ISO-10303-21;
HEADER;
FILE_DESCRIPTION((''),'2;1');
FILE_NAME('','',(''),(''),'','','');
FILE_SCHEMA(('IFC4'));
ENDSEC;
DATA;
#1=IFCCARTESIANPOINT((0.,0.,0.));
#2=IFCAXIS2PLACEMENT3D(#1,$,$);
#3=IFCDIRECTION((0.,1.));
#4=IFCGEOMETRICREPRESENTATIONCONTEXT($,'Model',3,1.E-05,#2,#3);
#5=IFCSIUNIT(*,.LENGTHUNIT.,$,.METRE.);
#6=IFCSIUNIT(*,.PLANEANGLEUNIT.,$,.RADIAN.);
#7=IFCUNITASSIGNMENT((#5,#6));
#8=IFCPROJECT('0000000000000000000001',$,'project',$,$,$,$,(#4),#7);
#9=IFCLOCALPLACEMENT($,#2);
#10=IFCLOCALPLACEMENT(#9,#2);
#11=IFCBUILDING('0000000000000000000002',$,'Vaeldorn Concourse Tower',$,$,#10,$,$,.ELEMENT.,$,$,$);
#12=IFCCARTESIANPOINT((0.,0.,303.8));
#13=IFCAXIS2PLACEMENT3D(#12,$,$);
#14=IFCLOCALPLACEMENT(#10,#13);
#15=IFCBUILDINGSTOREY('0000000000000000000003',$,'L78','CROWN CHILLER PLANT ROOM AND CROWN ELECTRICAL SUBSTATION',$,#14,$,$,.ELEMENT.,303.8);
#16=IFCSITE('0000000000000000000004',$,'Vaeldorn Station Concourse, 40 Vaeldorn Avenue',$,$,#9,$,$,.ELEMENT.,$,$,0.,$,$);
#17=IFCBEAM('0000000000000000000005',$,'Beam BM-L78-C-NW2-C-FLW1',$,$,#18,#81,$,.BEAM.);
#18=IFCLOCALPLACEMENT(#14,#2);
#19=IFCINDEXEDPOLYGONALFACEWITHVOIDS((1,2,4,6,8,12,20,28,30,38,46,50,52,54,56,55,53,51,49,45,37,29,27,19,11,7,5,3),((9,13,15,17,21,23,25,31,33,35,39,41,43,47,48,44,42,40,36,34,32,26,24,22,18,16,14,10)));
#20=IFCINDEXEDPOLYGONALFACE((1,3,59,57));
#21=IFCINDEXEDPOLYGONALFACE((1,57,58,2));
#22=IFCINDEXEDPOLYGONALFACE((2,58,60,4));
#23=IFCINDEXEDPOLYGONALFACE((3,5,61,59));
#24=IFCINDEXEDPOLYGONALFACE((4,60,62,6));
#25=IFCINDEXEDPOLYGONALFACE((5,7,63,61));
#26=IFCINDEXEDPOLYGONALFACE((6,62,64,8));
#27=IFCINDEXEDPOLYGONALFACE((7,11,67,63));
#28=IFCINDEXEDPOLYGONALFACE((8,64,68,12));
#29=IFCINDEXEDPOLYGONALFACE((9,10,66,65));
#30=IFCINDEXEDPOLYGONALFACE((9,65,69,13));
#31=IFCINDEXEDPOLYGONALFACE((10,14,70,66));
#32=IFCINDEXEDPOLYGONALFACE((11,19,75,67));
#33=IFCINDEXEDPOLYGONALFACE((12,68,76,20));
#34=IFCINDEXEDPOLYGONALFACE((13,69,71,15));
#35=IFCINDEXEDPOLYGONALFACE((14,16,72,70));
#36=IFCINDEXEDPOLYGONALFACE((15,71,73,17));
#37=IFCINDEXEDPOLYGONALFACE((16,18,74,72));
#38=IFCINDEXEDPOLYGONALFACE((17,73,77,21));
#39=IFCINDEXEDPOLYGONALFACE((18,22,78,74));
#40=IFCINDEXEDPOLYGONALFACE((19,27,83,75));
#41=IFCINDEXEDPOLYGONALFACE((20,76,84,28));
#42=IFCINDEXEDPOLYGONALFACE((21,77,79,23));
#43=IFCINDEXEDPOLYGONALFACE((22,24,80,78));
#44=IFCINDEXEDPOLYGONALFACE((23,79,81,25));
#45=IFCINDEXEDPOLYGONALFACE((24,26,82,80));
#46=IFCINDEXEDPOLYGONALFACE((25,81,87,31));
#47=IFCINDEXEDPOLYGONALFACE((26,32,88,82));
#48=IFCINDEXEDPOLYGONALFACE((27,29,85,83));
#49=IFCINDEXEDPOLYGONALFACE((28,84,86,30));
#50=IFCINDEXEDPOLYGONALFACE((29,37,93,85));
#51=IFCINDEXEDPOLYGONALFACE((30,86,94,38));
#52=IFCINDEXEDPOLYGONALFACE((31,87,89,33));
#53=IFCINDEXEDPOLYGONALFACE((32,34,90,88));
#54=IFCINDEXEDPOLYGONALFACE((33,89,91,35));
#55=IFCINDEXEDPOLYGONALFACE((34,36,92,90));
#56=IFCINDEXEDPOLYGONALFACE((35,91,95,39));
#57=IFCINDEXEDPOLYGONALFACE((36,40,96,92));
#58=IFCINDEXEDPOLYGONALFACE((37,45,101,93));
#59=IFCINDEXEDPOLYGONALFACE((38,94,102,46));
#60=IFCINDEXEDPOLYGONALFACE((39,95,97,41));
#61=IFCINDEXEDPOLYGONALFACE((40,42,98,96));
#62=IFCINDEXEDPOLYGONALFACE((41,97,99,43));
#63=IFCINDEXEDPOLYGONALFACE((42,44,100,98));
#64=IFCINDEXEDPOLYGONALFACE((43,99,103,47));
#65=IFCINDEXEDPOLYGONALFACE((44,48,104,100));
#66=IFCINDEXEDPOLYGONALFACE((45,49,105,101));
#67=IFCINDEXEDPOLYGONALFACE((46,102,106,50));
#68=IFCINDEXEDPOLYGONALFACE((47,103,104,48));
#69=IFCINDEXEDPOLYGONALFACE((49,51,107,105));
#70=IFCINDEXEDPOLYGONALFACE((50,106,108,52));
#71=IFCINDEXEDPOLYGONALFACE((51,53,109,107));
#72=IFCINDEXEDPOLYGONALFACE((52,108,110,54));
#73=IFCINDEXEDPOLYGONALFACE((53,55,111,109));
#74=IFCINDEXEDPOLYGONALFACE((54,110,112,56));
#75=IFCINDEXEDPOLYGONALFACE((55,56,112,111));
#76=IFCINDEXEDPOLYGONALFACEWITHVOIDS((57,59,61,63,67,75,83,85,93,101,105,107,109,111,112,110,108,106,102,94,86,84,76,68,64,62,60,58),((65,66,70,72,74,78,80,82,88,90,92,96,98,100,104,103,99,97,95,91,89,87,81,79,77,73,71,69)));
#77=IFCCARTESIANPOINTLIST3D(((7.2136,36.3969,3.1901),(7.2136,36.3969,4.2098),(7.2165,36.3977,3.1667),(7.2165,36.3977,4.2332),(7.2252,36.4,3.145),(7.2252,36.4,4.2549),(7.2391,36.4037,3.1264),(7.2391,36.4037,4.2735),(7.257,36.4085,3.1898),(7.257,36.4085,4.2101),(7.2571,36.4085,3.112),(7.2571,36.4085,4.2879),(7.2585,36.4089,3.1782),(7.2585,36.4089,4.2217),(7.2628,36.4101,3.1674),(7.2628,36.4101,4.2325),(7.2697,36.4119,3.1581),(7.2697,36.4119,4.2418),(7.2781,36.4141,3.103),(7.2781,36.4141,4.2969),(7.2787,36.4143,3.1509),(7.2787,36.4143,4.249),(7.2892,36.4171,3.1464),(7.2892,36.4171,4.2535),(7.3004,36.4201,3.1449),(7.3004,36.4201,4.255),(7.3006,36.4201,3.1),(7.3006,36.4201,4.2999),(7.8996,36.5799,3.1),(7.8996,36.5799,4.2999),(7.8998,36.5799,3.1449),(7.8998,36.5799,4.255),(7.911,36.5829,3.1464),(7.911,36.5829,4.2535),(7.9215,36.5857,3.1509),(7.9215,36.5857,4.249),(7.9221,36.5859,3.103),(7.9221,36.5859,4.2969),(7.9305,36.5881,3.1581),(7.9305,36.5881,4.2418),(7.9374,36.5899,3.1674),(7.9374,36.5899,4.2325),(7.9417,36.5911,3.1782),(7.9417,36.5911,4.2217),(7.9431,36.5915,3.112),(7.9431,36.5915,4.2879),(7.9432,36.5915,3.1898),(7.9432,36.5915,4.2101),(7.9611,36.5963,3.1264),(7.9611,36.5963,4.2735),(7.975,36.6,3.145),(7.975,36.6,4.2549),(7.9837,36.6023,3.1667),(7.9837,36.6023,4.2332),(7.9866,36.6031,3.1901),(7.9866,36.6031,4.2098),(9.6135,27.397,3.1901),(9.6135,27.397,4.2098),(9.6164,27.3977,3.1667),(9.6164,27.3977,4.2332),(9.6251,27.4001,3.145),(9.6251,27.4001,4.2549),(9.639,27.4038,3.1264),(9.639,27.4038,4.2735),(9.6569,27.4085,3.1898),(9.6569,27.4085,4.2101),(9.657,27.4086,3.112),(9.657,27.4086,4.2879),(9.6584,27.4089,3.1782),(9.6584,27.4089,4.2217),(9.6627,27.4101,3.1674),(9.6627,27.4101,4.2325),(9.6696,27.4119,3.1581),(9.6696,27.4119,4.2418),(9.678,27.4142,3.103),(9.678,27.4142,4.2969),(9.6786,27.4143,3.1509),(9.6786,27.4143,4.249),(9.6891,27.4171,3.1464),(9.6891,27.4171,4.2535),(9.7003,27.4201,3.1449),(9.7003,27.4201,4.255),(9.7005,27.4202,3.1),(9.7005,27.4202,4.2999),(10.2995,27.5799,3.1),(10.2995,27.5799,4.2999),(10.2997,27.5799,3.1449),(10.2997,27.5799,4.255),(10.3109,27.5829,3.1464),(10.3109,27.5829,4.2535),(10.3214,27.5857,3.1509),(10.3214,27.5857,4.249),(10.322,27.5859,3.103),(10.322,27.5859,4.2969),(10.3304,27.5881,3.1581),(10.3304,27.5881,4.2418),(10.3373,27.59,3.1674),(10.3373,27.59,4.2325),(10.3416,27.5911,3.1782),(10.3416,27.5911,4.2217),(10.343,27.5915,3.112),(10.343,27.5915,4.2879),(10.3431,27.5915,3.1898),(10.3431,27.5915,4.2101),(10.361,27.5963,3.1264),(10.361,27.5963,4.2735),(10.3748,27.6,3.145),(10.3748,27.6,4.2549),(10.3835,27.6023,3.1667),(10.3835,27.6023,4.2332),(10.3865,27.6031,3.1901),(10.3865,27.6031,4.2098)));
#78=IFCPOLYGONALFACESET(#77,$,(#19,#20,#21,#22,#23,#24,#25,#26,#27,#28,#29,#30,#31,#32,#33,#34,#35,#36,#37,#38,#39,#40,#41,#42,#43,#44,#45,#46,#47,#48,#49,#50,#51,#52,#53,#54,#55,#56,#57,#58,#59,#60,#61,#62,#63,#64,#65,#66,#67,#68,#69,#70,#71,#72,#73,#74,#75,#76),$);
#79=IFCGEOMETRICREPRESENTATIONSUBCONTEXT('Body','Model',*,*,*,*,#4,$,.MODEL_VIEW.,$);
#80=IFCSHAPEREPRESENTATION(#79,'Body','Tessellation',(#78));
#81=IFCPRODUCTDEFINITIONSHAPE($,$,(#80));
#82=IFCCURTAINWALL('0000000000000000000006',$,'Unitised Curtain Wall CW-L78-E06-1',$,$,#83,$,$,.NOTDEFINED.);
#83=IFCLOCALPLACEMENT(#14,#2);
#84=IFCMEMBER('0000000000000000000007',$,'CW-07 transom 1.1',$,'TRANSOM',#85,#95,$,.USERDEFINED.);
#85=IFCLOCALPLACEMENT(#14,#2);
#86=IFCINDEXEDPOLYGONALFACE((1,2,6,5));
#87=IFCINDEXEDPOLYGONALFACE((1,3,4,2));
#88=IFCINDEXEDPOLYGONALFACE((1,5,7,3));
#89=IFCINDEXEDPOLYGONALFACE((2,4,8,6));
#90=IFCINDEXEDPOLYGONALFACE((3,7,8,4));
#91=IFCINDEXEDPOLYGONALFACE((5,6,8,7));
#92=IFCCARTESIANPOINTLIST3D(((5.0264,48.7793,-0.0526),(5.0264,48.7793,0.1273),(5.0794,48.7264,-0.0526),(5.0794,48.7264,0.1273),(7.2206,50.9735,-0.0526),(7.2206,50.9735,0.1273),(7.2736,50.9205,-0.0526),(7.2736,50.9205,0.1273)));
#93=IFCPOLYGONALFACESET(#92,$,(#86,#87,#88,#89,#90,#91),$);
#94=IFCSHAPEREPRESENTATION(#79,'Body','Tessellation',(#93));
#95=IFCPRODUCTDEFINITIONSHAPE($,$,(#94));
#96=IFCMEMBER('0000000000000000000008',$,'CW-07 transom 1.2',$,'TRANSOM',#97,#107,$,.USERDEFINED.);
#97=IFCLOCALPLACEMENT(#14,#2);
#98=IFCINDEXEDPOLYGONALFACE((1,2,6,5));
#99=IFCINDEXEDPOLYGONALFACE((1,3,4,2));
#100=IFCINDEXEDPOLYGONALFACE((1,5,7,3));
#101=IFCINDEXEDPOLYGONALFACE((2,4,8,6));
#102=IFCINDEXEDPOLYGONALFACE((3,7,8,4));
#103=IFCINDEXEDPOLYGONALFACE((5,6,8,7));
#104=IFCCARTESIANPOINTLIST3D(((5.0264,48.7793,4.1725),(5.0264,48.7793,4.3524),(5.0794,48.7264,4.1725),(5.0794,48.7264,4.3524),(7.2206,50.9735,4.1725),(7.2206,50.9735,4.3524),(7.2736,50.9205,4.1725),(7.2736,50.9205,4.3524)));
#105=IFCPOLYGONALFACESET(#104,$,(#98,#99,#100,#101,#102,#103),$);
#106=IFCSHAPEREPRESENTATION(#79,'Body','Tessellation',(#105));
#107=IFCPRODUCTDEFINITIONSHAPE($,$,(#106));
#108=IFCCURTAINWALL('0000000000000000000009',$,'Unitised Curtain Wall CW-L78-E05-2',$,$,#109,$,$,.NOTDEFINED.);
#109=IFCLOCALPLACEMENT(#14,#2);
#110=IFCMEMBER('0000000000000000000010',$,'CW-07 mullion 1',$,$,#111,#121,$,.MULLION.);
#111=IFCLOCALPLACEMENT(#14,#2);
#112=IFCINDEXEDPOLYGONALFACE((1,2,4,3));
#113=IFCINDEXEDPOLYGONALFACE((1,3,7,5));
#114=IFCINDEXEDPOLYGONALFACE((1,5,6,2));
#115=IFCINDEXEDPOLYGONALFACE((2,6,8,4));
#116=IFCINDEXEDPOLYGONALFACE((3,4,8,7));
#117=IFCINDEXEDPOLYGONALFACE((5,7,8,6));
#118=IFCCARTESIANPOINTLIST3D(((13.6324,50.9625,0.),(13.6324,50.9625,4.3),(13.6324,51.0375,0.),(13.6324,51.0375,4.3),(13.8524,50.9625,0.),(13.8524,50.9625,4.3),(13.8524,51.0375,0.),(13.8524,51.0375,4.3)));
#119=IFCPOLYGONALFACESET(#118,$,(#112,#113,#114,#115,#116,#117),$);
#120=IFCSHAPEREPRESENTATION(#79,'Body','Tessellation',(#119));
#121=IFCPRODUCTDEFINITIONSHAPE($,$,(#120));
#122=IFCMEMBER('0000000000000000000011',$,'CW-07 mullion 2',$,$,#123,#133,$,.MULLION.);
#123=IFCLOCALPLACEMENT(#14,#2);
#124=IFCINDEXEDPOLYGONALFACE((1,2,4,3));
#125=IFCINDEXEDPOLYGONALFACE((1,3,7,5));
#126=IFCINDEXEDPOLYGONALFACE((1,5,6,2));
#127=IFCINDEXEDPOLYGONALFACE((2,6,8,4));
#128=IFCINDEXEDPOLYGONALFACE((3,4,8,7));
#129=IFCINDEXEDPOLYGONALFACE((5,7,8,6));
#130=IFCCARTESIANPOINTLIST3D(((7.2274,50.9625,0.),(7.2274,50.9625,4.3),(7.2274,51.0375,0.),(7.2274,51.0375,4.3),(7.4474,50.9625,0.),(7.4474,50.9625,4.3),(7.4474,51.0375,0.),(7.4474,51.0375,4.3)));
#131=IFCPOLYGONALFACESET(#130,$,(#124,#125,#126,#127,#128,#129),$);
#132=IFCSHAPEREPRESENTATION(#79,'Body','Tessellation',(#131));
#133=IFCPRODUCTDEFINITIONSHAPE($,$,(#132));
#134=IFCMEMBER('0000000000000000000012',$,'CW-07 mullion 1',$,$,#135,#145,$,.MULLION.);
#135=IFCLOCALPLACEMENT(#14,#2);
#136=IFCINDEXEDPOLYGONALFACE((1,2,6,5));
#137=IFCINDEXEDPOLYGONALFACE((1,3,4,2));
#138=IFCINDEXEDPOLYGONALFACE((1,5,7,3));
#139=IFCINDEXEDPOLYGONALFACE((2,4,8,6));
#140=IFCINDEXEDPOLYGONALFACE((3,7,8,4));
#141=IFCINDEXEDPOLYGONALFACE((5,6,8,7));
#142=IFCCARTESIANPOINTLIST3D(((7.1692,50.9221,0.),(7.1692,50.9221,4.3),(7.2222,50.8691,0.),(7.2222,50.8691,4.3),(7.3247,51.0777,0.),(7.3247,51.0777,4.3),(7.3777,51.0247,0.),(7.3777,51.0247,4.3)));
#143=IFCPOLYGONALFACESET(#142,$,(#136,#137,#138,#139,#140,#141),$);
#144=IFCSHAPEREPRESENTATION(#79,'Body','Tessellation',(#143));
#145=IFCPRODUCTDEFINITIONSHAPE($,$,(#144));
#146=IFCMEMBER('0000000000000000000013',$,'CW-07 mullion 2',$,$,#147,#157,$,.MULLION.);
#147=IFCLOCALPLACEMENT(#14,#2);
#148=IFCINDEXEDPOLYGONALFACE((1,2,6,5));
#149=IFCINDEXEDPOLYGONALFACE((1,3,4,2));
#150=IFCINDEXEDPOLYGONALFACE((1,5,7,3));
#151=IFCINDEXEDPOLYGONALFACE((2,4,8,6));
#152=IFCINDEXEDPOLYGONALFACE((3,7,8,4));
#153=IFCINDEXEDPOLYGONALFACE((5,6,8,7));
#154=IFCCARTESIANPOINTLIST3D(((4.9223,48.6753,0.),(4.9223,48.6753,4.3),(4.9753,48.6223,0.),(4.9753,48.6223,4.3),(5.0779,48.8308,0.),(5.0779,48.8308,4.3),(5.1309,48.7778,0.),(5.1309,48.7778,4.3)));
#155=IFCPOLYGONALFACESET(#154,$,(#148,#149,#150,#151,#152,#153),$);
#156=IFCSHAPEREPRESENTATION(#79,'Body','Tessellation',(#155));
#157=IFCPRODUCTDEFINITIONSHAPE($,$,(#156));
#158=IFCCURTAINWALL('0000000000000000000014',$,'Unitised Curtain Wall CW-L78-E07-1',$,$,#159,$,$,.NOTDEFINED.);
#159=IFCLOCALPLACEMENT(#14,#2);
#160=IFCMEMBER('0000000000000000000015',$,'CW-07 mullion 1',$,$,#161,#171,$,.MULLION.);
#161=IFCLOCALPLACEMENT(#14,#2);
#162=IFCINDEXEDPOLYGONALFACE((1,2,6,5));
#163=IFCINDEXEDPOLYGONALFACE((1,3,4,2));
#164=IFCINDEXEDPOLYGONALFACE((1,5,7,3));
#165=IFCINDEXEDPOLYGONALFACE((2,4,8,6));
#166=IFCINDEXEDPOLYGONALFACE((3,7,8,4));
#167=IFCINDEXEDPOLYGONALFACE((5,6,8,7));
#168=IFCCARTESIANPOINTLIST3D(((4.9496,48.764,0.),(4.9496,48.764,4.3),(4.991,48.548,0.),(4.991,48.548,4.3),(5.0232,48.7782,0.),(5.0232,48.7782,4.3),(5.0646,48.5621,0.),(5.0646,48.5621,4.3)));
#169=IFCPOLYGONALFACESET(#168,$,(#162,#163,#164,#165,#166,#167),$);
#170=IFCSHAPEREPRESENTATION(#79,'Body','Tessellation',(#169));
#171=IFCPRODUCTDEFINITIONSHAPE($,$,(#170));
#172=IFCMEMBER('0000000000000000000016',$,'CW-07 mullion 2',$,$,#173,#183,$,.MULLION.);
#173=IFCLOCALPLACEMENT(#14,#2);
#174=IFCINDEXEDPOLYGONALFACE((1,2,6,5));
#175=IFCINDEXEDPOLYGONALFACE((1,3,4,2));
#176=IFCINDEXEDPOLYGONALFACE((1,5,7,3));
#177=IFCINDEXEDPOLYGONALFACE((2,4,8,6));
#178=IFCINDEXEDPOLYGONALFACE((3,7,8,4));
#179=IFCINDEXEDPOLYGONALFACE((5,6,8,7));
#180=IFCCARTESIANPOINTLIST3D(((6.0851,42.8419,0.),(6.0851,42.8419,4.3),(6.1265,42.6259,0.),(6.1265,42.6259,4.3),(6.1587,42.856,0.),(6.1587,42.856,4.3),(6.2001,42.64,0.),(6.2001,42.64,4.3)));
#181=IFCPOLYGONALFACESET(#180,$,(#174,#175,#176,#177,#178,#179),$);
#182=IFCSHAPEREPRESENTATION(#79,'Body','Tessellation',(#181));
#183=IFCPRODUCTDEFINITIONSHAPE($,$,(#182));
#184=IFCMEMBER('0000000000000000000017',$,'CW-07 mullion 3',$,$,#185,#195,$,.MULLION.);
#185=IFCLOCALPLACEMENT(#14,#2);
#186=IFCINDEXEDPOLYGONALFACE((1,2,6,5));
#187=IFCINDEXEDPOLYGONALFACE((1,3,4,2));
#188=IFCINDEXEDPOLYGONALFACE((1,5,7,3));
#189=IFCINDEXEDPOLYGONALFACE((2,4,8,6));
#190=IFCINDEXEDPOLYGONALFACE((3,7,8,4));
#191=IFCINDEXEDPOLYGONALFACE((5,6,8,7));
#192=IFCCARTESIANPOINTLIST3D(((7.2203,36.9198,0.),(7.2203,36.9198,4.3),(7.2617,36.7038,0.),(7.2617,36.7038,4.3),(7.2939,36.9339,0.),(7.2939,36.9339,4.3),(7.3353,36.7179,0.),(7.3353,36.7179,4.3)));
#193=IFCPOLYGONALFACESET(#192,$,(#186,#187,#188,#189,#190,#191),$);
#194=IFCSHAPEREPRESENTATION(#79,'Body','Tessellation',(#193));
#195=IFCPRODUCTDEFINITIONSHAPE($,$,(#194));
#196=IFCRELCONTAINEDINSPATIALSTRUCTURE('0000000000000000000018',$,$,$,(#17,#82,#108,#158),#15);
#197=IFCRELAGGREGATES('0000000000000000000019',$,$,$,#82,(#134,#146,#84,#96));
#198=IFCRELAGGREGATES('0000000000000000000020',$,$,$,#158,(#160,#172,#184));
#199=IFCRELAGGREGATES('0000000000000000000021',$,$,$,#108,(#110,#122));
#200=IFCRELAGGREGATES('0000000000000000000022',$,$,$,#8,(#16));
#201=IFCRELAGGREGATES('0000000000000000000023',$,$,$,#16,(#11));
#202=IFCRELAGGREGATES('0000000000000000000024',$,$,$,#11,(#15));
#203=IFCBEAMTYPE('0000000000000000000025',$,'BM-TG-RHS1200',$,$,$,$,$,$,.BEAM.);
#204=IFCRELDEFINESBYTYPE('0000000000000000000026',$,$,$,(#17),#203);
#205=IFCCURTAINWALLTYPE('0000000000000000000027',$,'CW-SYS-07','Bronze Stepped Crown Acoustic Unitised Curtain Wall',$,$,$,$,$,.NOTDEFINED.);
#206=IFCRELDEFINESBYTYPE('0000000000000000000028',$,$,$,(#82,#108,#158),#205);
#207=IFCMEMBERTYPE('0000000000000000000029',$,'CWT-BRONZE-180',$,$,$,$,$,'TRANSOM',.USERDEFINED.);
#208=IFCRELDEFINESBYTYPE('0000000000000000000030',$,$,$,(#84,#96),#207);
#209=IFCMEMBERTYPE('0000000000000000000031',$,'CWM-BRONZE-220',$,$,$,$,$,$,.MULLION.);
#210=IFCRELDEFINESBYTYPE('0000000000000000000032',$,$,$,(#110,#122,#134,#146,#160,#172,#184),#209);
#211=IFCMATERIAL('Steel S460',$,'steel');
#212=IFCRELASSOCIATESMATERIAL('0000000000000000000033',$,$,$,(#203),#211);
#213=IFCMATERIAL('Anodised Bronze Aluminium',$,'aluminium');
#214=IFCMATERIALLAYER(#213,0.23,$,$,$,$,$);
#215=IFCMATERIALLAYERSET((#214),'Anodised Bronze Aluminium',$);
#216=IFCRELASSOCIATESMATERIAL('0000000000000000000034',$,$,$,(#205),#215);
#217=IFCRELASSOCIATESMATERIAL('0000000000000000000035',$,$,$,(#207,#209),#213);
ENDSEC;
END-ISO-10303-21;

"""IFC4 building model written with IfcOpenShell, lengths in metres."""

from ifc_helpers import new_model, si_unit, direction, frame, origin, origin_2d, place, context, subcontext, project, spatial, rectangle, hollow_rectangle, extrude, source, transform, mapped, material, layer, layer_set, material_profile, profile_set, type_object, element, aggregate, save


model = new_model("IFC4")

# Units and contexts
model_context = context("Model", 3, precision=1e-05, world=origin(), true_north=direction((0.0, 1.0)))
body_context = subcontext(model_context, "Body", "Model", "MODEL_VIEW")
ifc_project = project(units=[si_unit("LENGTHUNIT", "METRE"), si_unit("PLANEANGLEUNIT", "RADIAN")], contexts=[model_context])

# Site, building, storey
site_placement = place(None, origin())
site = spatial("IfcSite", under=ifc_project, at=site_placement, Name="Vaeldorn Station Concourse, 40 Vaeldorn Avenue", CompositionType="ELEMENT", RefElevation=0.0)
building_placement = place(site_placement, origin())
building = spatial("IfcBuilding", under=site, at=building_placement, Name="Vaeldorn Concourse Tower", CompositionType="ELEMENT")
storey_placement = place(building_placement, frame((0.0, 0.0, 303.8)))
storey = spatial("IfcBuildingStorey", under=building, at=storey_placement, Name="L78", Description="CROWN CHILLER PLANT ROOM AND CROWN ELECTRICAL SUBSTATION", CompositionType="ELEMENT", Elevation=303.8)

# Beam
ifc_material_1 = material(Name="Steel S460", Category="steel")
ifc_material_profile_1 = material_profile(ifc_material_1, hollow_rectangle(XDim=0.8, YDim=1.2, WallThickness=0.0449, InnerFilletRadius=0.0449, OuterFilletRadius=0.0901, at=origin_2d()), Name="RHS 1200x800x45")
ifc_profile_set_1 = profile_set([ifc_material_profile_1], Name="Steel S460")
beam_type_1 = type_object("IfcBeamType", Name="BM-TG-RHS1200", PredefinedType="BEAM", material=ifc_profile_set_1)
shared_shape_1 = source(origin(), body_context, "Body", "SweptSolid", [
    extrude(hollow_rectangle(XDim=0.8, YDim=1.2, WallThickness=0.0449, InnerFilletRadius=0.0449, OuterFilletRadius=0.0901, at=origin_2d()), origin(), (0.0, 0.0, 1.0), 9.3145),
])
beam_1_placement = place(storey_placement, frame((7.6001, 36.5, 3.7), z_axis=(0.257653, -0.966238, 0.0), x_axis=(0.966238, 0.257653, 0.0)))
element("IfcBeam", 1, at=beam_1_placement, inside=storey, type_object=beam_type_1, Name="Beam BM-L78-C-NW2-C-FLW1", PredefinedType="BEAM", context=body_context, shape_type="MappedRepresentation", body=[
    mapped(shared_shape_1, transform((0.0, 0.0, 0.0), scale=1.0)),
])

# Curtain walls, members
ifc_material_2 = material(Name="Anodised Bronze Aluminium", Category="aluminium")
ifc_layer_1 = layer(ifc_material_2, 0.23)
ifc_layer_set_1 = layer_set([ifc_layer_1], Name="Anodised Bronze Aluminium")
curtain_wall_type = type_object("IfcCurtainWallType", Name="CW-SYS-07", Description="Bronze Stepped Crown Acoustic Unitised Curtain Wall", PredefinedType="NOTDEFINED", material=ifc_layer_set_1)
curtain_wall_1_placement = place(storey_placement, origin())
curtain_wall_1 = element("IfcCurtainWall", 2, at=curtain_wall_1_placement, inside=storey, type_object=curtain_wall_type, Name="Unitised Curtain Wall CW-L78-E06-1", PredefinedType="NOTDEFINED")
ifc_material_profile_2 = material_profile(ifc_material_2, rectangle(XDim=0.075, YDim=0.1799, at=origin_2d()), Name="CWT 75x180")
ifc_profile_set_2 = profile_set([ifc_material_profile_2], Name="Anodised Bronze Aluminium")
member_type_1 = type_object("IfcMemberType", Name="CWT-BRONZE-180", ElementType="TRANSOM", PredefinedType="USERDEFINED", material=ifc_profile_set_2)
shared_shape_2 = source(origin(), body_context, "Body", "SweptSolid", [
    extrude(rectangle(XDim=0.075, YDim=0.1799, at=origin_2d()), origin(), (0.0, 0.0, 1.0), 3.103),
])
member_1_placement = place(storey_placement, frame((7.2471, 50.947, 0.0374), z_axis=(-0.707107, -0.707107, 0.0), x_axis=(0.707107, -0.707107, 0.0)))
member_1 = element("IfcMember", 3, at=member_1_placement, type_object=member_type_1, Name="CW-07 transom 1.1", ObjectType="TRANSOM", PredefinedType="USERDEFINED", context=body_context, shape_type="MappedRepresentation", body=[
    mapped(shared_shape_2, transform((0.0, 0.0, 0.0), scale=1.0)),
])
member_2_placement = place(storey_placement, frame((7.2471, 50.947, 4.2625), z_axis=(-0.707107, -0.707107, 0.0), x_axis=(0.707107, -0.707107, 0.0)))
member_2 = element("IfcMember", 4, at=member_2_placement, type_object=member_type_1, Name="CW-07 transom 1.2", ObjectType="TRANSOM", PredefinedType="USERDEFINED", context=body_context, shape_type="MappedRepresentation", body=[
    mapped(shared_shape_2, transform((0.0, 0.0, 0.0), scale=1.0)),
])
curtain_wall_2_placement = place(storey_placement, origin())
curtain_wall_2 = element("IfcCurtainWall", 5, at=curtain_wall_2_placement, inside=storey, type_object=curtain_wall_type, Name="Unitised Curtain Wall CW-L78-E05-2", PredefinedType="NOTDEFINED")
ifc_material_profile_3 = material_profile(ifc_material_2, rectangle(XDim=0.075, YDim=0.22, at=origin_2d()), Name="CWM 75x220")
ifc_profile_set_3 = profile_set([ifc_material_profile_3], Name="Anodised Bronze Aluminium")
member_type_2 = type_object("IfcMemberType", Name="CWM-BRONZE-220", PredefinedType="MULLION", material=ifc_profile_set_3)
shared_shape_3 = source(origin(), body_context, "Body", "SweptSolid", [
    extrude(rectangle(XDim=0.075, YDim=0.22, at=origin_2d()), origin(), (0.0, 0.0, 1.0), 4.3),
])
member_3_placement = place(storey_placement, frame((13.7424, 51.0, 0.0), z_axis=(0.0, 0.0, 1.0), x_axis=(0.0, -1.0, 0.0)))
member_3 = element("IfcMember", 6, at=member_3_placement, type_object=member_type_2, Name="CW-07 mullion 1", PredefinedType="MULLION", context=body_context, shape_type="MappedRepresentation", body=[
    mapped(shared_shape_3, transform((0.0, 0.0, 0.0), scale=1.0)),
])
member_4_placement = place(storey_placement, frame((7.3374, 51.0, 0.0), z_axis=(0.0, 0.0, 1.0), x_axis=(0.0, -1.0, 0.0)))
member_4 = element("IfcMember", 7, at=member_4_placement, type_object=member_type_2, Name="CW-07 mullion 2", PredefinedType="MULLION", context=body_context, shape_type="MappedRepresentation", body=[
    mapped(shared_shape_3, transform((0.0, 0.0, 0.0), scale=1.0)),
])

# Members
member_5_placement = place(storey_placement, frame((7.2734, 50.9734, 0.0), z_axis=(0.0, 0.0, 1.0), x_axis=(0.707107, -0.707107, 0.0)))
member_5 = element("IfcMember", 8, at=member_5_placement, type_object=member_type_2, Name="CW-07 mullion 1", PredefinedType="MULLION", context=body_context, shape_type="MappedRepresentation", body=[
    mapped(shared_shape_3, transform((0.0, 0.0, 0.0), scale=1.0)),
])
member_6_placement = place(storey_placement, frame((5.0266, 48.7266, 0.0), z_axis=(0.0, 0.0, 1.0), x_axis=(0.707107, -0.707107, 0.0)))
member_6 = element("IfcMember", 9, at=member_6_placement, type_object=member_type_2, Name="CW-07 mullion 2", PredefinedType="MULLION", context=body_context, shape_type="MappedRepresentation", body=[
    mapped(shared_shape_3, transform((0.0, 0.0, 0.0), scale=1.0)),
])

# Curtain wall, members
curtain_wall_3_placement = place(storey_placement, origin())
curtain_wall_3 = element("IfcCurtainWall", 10, at=curtain_wall_3_placement, inside=storey, type_object=curtain_wall_type, Name="Unitised Curtain Wall CW-L78-E07-1", PredefinedType="NOTDEFINED")
member_7_placement = place(storey_placement, frame((5.0071, 48.6631, 0.0), z_axis=(0.0, 0.0, 1.0), x_axis=(0.982112, 0.188296, 0.0)))
member_7 = element("IfcMember", 11, at=member_7_placement, type_object=member_type_2, Name="CW-07 mullion 1", PredefinedType="MULLION", context=body_context, shape_type="MappedRepresentation", body=[
    mapped(shared_shape_3, transform((0.0, 0.0, 0.0), scale=1.0)),
])
member_8_placement = place(storey_placement, frame((6.1426, 42.741, 0.0), z_axis=(0.0, 0.0, 1.0), x_axis=(0.982112, 0.188296, 0.0)))
member_8 = element("IfcMember", 12, at=member_8_placement, type_object=member_type_2, Name="CW-07 mullion 2", PredefinedType="MULLION", context=body_context, shape_type="MappedRepresentation", body=[
    mapped(shared_shape_3, transform((0.0, 0.0, 0.0), scale=1.0)),
])
member_9_placement = place(storey_placement, frame((7.2778, 36.8188, 0.0), z_axis=(0.0, 0.0, 1.0), x_axis=(0.982112, 0.188296, 0.0)))
member_9 = element("IfcMember", 13, at=member_9_placement, type_object=member_type_2, Name="CW-07 mullion 3", PredefinedType="MULLION", context=body_context, shape_type="MappedRepresentation", body=[
    mapped(shared_shape_3, transform((0.0, 0.0, 0.0), scale=1.0)),
])

aggregate(curtain_wall_1, [member_5, member_6, member_1, member_2])
aggregate(curtain_wall_3, [member_7, member_8, member_9])
aggregate(curtain_wall_2, [member_3, member_4])

save(model, "model.ifc")
